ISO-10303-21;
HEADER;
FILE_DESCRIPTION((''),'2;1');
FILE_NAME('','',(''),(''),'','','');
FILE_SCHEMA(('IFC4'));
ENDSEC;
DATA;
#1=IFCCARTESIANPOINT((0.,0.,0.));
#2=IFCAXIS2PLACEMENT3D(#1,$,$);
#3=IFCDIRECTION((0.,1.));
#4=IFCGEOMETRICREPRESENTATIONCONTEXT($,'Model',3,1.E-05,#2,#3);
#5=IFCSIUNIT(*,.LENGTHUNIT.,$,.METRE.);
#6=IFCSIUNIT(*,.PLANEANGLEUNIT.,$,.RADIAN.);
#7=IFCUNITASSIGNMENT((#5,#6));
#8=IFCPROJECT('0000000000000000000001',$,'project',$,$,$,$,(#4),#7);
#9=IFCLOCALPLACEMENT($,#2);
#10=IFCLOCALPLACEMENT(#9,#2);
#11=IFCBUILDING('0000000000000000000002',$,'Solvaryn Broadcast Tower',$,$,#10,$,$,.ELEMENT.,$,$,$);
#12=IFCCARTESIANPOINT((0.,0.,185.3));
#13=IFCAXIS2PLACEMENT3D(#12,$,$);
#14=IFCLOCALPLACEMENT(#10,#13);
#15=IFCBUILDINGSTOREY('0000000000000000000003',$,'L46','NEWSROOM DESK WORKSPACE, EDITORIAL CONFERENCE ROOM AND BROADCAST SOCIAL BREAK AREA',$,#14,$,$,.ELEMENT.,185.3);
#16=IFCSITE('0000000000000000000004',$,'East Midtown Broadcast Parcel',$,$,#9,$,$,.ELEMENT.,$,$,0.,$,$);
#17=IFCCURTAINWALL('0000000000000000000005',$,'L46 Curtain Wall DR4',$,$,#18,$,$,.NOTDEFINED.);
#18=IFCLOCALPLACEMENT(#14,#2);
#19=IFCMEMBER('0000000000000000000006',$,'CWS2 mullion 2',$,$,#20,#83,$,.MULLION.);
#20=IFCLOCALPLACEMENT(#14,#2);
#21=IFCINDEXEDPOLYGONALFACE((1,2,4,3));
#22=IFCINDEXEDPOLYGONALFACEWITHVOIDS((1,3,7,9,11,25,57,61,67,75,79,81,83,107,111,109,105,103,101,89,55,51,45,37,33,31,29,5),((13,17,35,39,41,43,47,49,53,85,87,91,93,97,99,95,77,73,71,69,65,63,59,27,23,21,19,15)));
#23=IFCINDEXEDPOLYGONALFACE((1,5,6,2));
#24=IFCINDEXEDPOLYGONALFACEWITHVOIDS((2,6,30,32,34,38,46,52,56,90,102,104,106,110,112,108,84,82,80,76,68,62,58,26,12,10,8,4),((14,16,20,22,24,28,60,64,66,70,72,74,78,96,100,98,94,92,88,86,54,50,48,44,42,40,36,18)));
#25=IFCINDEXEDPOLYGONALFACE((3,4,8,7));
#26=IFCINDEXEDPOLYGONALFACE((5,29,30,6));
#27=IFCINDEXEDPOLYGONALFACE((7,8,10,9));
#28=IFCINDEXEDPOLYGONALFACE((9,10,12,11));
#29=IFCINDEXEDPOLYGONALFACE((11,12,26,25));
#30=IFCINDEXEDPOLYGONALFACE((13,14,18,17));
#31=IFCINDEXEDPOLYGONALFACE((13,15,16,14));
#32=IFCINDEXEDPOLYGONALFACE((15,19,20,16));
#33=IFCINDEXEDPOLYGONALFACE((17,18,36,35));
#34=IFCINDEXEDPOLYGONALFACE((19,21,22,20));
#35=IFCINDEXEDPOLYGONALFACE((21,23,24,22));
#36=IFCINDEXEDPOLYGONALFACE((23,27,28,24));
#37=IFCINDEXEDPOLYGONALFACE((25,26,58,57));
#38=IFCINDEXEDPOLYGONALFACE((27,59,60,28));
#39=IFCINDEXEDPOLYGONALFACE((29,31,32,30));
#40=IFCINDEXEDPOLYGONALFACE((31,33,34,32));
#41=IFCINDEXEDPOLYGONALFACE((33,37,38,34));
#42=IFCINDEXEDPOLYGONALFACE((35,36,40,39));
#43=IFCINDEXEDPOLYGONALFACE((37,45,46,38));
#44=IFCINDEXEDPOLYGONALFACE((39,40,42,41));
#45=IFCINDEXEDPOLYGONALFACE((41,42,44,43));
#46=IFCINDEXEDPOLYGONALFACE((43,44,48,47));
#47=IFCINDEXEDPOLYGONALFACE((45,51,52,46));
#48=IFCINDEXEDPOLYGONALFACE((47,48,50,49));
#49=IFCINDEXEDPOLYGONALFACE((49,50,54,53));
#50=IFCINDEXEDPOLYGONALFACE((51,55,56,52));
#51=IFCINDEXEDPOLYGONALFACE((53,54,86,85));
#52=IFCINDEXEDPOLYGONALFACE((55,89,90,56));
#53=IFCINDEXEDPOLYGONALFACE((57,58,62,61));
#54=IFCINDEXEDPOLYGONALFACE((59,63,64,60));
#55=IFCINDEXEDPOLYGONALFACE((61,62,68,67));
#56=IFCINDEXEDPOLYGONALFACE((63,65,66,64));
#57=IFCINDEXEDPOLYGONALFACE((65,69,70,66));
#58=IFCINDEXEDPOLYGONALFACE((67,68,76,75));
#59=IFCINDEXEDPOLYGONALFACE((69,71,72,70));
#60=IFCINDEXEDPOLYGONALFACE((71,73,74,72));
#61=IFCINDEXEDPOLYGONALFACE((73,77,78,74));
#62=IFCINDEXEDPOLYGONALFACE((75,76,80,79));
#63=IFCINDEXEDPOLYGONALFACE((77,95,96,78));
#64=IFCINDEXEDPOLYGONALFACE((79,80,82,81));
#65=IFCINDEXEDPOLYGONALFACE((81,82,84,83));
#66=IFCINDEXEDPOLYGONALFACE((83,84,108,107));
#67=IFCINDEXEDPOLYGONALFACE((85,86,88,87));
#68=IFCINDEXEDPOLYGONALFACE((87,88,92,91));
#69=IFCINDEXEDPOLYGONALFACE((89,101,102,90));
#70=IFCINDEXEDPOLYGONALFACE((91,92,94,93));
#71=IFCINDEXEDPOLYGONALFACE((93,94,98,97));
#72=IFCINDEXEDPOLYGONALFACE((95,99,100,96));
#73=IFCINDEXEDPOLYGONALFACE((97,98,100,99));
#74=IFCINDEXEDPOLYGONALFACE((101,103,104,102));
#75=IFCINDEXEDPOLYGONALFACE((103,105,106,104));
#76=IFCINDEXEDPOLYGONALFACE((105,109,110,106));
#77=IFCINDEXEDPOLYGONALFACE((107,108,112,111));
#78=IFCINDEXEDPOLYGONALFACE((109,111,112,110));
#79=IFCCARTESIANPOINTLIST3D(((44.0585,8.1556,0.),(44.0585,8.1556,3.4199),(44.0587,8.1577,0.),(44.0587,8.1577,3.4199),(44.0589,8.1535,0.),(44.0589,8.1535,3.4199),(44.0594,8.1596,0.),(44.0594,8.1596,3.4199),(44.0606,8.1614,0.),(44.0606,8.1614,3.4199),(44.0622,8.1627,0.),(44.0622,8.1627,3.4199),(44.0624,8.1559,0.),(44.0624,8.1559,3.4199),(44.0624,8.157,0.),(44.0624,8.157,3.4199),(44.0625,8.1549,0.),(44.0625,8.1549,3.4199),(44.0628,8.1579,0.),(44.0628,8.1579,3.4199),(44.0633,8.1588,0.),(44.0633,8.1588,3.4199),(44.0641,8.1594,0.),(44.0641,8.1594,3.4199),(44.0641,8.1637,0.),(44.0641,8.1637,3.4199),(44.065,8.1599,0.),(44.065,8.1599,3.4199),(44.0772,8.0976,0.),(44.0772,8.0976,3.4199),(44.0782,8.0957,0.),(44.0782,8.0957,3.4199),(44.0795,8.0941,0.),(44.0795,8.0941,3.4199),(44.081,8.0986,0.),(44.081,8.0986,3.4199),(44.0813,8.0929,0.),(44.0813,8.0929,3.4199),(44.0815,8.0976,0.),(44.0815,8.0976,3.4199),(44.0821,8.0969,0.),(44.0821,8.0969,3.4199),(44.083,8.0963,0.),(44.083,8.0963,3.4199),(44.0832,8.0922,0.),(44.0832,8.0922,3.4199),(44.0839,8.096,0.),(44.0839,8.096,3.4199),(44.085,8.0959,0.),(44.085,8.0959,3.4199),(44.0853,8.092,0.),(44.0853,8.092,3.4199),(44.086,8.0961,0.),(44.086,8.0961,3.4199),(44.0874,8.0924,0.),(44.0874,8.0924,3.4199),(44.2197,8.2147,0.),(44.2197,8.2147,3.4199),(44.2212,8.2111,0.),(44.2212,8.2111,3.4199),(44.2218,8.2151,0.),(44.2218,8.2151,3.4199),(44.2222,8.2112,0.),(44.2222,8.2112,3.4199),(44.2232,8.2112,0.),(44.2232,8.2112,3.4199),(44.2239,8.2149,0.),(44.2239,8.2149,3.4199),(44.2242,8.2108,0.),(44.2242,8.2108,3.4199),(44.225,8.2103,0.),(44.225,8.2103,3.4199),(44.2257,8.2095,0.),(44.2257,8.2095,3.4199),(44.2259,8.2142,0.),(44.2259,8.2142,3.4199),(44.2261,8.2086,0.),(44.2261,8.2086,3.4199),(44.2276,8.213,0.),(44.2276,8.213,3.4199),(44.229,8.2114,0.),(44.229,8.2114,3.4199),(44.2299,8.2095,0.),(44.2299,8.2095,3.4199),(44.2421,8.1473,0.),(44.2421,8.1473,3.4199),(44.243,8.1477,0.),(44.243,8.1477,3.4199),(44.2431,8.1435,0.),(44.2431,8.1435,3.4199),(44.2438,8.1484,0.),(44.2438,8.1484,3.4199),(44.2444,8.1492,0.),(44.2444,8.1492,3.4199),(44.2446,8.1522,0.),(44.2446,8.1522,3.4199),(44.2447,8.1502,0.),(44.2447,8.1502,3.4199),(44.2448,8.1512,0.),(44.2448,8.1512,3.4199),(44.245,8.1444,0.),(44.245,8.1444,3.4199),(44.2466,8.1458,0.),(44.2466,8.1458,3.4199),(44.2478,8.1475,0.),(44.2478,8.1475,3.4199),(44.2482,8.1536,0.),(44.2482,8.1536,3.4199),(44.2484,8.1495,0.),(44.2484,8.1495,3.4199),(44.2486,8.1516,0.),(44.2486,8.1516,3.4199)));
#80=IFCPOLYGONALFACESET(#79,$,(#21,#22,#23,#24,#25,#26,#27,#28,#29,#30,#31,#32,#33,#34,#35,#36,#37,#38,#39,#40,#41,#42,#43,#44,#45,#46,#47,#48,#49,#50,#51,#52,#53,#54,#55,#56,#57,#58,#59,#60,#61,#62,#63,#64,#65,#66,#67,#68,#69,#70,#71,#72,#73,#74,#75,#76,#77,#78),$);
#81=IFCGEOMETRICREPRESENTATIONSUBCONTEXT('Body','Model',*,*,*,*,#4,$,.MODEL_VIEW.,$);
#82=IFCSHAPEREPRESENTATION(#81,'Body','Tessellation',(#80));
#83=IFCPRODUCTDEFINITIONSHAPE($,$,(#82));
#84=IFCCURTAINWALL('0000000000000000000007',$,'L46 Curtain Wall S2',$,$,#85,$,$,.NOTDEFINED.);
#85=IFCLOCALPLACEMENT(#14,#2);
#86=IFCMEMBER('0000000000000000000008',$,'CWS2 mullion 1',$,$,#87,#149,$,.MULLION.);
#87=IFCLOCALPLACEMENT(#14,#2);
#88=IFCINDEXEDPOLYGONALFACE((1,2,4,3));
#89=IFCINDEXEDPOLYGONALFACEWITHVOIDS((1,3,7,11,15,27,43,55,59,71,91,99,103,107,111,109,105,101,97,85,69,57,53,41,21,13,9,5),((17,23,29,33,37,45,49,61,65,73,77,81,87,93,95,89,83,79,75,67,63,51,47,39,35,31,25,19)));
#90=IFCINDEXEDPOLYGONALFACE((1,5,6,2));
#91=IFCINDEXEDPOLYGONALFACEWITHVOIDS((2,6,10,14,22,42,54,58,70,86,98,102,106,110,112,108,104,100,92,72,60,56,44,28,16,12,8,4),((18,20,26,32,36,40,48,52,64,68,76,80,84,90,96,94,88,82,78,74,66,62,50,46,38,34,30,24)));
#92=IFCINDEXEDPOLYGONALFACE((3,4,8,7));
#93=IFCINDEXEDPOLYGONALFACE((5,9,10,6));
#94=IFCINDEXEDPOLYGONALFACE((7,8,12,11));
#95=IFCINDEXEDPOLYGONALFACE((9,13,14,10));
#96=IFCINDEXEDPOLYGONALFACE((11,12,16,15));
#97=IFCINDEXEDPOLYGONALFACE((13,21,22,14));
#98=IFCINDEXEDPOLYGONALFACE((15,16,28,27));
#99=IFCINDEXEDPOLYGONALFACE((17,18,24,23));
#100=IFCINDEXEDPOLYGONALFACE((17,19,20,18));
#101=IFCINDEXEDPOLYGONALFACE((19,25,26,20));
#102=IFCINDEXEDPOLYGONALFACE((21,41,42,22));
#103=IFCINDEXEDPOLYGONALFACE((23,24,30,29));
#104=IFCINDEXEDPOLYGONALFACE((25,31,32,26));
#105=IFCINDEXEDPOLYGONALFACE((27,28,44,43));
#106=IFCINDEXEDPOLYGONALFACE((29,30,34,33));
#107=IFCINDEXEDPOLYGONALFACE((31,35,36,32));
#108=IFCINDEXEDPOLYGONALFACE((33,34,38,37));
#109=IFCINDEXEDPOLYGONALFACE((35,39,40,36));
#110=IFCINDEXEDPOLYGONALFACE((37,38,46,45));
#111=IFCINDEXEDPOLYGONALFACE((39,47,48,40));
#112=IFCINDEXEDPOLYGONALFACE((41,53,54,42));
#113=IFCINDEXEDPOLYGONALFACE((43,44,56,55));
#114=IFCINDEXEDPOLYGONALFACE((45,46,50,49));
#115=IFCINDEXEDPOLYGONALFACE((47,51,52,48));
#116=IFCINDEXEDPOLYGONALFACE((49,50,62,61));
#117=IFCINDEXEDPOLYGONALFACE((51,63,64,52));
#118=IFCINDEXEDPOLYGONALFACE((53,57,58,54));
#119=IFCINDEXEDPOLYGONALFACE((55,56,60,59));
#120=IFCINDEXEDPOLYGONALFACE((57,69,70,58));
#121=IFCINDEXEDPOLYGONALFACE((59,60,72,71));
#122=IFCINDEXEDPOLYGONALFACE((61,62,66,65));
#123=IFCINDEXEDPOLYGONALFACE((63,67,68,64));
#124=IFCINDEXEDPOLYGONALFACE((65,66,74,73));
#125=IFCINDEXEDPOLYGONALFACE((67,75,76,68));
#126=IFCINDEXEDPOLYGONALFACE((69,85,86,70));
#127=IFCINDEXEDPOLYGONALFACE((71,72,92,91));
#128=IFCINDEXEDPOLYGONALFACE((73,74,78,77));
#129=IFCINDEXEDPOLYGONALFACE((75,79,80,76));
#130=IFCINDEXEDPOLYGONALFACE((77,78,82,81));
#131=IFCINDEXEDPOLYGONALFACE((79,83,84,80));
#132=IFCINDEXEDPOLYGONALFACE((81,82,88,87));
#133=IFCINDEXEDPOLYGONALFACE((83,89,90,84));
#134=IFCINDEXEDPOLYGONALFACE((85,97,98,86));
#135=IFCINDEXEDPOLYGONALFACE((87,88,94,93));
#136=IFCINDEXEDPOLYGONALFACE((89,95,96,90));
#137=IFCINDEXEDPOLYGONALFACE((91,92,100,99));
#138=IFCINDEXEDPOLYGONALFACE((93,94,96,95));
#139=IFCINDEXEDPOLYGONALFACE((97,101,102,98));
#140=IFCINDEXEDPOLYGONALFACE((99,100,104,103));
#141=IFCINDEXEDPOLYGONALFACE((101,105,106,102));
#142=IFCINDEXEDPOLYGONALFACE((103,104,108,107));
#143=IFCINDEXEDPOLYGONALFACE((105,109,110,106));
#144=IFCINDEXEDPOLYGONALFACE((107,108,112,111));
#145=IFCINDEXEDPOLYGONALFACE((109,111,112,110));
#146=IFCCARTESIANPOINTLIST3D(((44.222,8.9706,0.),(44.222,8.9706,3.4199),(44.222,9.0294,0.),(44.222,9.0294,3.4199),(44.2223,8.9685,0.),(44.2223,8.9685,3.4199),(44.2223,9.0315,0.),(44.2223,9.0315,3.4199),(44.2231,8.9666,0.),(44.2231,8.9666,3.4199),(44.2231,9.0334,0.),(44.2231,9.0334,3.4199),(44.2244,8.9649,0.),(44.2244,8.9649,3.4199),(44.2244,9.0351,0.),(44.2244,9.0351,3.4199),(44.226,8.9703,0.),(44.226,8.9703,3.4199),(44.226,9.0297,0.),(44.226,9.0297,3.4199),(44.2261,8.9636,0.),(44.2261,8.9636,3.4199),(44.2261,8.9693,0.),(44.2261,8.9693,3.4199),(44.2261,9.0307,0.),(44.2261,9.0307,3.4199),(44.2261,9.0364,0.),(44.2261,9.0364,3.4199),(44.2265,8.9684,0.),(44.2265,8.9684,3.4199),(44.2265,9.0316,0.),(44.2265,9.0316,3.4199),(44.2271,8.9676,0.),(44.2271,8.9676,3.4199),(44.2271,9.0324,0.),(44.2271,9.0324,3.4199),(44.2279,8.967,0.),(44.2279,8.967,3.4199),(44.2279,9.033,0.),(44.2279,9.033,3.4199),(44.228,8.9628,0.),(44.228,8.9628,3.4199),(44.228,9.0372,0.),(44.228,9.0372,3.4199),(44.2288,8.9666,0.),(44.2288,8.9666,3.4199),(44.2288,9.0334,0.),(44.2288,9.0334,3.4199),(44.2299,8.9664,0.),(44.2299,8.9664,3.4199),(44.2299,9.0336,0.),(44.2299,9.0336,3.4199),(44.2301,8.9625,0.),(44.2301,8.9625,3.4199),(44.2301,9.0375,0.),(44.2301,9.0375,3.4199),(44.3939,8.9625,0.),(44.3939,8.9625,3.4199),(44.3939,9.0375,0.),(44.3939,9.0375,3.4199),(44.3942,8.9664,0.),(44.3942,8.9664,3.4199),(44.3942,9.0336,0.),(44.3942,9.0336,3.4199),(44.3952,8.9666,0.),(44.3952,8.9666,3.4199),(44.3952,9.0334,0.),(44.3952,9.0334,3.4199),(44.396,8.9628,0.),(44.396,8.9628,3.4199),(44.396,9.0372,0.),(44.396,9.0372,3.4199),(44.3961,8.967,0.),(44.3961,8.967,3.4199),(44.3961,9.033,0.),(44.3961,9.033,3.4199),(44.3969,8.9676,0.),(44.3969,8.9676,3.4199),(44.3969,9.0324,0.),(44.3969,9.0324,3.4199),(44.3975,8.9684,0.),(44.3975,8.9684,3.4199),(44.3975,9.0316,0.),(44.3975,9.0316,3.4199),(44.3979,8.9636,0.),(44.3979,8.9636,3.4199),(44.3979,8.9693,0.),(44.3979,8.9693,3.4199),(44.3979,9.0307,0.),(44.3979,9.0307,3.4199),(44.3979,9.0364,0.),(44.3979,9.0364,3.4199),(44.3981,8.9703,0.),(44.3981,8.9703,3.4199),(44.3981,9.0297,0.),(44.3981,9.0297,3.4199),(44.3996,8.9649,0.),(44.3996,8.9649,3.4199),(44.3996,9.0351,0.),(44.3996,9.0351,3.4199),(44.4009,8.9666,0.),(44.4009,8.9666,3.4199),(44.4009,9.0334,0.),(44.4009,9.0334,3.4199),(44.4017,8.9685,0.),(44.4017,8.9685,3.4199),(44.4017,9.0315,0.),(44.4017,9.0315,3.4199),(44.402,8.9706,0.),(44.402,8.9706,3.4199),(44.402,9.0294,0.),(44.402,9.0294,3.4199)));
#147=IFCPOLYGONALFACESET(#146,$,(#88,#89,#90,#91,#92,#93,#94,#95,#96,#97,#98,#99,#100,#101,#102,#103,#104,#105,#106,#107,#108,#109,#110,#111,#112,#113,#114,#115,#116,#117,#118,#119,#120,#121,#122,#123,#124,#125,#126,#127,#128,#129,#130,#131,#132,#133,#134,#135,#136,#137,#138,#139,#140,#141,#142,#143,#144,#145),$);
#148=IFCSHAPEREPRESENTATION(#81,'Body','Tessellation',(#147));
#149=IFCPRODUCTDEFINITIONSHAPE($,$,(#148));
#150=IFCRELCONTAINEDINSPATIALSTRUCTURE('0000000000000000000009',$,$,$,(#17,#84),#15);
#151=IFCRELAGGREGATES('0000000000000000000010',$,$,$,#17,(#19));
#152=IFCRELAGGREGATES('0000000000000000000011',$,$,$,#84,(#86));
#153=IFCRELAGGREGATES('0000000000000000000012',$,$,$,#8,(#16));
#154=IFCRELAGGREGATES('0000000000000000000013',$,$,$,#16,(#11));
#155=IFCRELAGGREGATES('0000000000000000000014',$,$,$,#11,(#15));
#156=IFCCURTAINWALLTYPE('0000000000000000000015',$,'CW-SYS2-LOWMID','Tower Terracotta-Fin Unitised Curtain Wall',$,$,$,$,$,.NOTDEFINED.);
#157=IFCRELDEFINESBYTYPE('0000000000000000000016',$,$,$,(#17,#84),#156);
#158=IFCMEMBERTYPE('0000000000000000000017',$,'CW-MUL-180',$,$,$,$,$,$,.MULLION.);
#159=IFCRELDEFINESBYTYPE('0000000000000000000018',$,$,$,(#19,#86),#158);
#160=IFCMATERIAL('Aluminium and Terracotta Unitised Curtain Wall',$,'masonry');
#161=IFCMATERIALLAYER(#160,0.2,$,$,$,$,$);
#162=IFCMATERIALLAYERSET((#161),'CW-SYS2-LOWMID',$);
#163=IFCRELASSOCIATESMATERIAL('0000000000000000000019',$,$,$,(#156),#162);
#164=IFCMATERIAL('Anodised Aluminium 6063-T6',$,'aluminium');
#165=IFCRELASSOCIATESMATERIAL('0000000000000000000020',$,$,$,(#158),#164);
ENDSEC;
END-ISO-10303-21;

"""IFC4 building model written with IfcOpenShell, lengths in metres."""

from ifc_helpers import new_model, si_unit, direction, frame, origin, origin_2d, place, context, subcontext, project, spatial, hollow_rectangle, extrude, material, layer, layer_set, material_profile, profile_set, type_object, element, aggregate, save


model = new_model("IFC4")

# Units and contexts
model_context = context("Model", 3, precision=1e-05, world=origin(), true_north=direction((0.0, 1.0)))
body_context = subcontext(model_context, "Body", "Model", "MODEL_VIEW")
ifc_project = project(units=[si_unit("LENGTHUNIT", "METRE"), si_unit("PLANEANGLEUNIT", "RADIAN")], contexts=[model_context])

# Site, building, storey
site_placement = place(None, origin())
site = spatial("IfcSite", under=ifc_project, at=site_placement, Name="East Midtown Broadcast Parcel", CompositionType="ELEMENT", RefElevation=0.0)
building_placement = place(site_placement, origin())
building = spatial("IfcBuilding", under=site, at=building_placement, Name="Solvaryn Broadcast Tower", CompositionType="ELEMENT")
storey_placement = place(building_placement, frame((0.0, 0.0, 185.3)))
storey = spatial("IfcBuildingStorey", under=building, at=storey_placement, Name="L46", Description="NEWSROOM DESK WORKSPACE, EDITORIAL CONFERENCE ROOM AND BROADCAST SOCIAL BREAK AREA", CompositionType="ELEMENT", Elevation=185.3)

# Curtain wall, member
ifc_material_1 = material(Name="Aluminium and Terracotta Unitised Curtain Wall", Category="masonry")
ifc_layer_1 = layer(ifc_material_1, 0.2)
ifc_layer_set_1 = layer_set([ifc_layer_1], Name="CW-SYS2-LOWMID")
curtain_wall_type = type_object("IfcCurtainWallType", Name="CW-SYS2-LOWMID", Description="Tower Terracotta-Fin Unitised Curtain Wall", PredefinedType="NOTDEFINED", material=ifc_layer_set_1)
curtain_wall_1_placement = place(storey_placement, origin())
curtain_wall_1 = element("IfcCurtainWall", 1, at=curtain_wall_1_placement, inside=storey, type_object=curtain_wall_type, Name="L46 Curtain Wall DR4", PredefinedType="NOTDEFINED")
ifc_material_2 = material(Name="Anodised Aluminium 6063-T6", Category="aluminium")
ifc_material_profile_1 = material_profile(ifc_material_2, hollow_rectangle(XDim=0.075, YDim=0.1799, WallThickness=0.0039, InnerFilletRadius=0.0039, OuterFilletRadius=0.0081, at=origin_2d()))
ifc_profile_set_1 = profile_set([ifc_material_profile_1], Name="Anodised Aluminium 6063-T6")
member_type_1 = type_object("IfcMemberType", Name="CW-MUL-180", PredefinedType="MULLION", material=ifc_profile_set_1)
member_1_placement = place(storey_placement, frame((44.1536, 8.1536, 0.0), z_axis=(0.0, 0.0, 1.0), x_axis=(-0.311559, 0.950227, 0.0)))
member_1 = element("IfcMember", 2, at=member_1_placement, type_object=member_type_1, Name="CWS2 mullion 2", PredefinedType="MULLION", context=body_context, shape_type="SweptSolid", body=[
    extrude(hollow_rectangle(XDim=0.075, YDim=0.1799, WallThickness=0.0039, InnerFilletRadius=0.0039, OuterFilletRadius=0.0081, at=origin_2d()), origin(), (0.0, 0.0, 1.0), 3.4199),
])
aggregate(curtain_wall_1, [member_1])

# Curtain wall, member
curtain_wall_2_placement = place(storey_placement, origin())
curtain_wall_2 = element("IfcCurtainWall", 3, at=curtain_wall_2_placement, inside=storey, type_object=curtain_wall_type, Name="L46 Curtain Wall S2", PredefinedType="NOTDEFINED")
member_2_placement = place(storey_placement, frame((44.312, 9.0, 0.0), z_axis=(0.0, 0.0, 1.0), x_axis=(0.0, 1.0, 0.0)))
member_2 = element("IfcMember", 4, at=member_2_placement, type_object=member_type_1, Name="CWS2 mullion 1", PredefinedType="MULLION", context=body_context, shape_type="SweptSolid", body=[
    extrude(hollow_rectangle(XDim=0.075, YDim=0.1799, WallThickness=0.0039, InnerFilletRadius=0.0039, OuterFilletRadius=0.0081, at=origin_2d()), origin(), (0.0, 0.0, 1.0), 3.4199),
])
aggregate(curtain_wall_2, [member_2])

save(model, "model.ifc")
